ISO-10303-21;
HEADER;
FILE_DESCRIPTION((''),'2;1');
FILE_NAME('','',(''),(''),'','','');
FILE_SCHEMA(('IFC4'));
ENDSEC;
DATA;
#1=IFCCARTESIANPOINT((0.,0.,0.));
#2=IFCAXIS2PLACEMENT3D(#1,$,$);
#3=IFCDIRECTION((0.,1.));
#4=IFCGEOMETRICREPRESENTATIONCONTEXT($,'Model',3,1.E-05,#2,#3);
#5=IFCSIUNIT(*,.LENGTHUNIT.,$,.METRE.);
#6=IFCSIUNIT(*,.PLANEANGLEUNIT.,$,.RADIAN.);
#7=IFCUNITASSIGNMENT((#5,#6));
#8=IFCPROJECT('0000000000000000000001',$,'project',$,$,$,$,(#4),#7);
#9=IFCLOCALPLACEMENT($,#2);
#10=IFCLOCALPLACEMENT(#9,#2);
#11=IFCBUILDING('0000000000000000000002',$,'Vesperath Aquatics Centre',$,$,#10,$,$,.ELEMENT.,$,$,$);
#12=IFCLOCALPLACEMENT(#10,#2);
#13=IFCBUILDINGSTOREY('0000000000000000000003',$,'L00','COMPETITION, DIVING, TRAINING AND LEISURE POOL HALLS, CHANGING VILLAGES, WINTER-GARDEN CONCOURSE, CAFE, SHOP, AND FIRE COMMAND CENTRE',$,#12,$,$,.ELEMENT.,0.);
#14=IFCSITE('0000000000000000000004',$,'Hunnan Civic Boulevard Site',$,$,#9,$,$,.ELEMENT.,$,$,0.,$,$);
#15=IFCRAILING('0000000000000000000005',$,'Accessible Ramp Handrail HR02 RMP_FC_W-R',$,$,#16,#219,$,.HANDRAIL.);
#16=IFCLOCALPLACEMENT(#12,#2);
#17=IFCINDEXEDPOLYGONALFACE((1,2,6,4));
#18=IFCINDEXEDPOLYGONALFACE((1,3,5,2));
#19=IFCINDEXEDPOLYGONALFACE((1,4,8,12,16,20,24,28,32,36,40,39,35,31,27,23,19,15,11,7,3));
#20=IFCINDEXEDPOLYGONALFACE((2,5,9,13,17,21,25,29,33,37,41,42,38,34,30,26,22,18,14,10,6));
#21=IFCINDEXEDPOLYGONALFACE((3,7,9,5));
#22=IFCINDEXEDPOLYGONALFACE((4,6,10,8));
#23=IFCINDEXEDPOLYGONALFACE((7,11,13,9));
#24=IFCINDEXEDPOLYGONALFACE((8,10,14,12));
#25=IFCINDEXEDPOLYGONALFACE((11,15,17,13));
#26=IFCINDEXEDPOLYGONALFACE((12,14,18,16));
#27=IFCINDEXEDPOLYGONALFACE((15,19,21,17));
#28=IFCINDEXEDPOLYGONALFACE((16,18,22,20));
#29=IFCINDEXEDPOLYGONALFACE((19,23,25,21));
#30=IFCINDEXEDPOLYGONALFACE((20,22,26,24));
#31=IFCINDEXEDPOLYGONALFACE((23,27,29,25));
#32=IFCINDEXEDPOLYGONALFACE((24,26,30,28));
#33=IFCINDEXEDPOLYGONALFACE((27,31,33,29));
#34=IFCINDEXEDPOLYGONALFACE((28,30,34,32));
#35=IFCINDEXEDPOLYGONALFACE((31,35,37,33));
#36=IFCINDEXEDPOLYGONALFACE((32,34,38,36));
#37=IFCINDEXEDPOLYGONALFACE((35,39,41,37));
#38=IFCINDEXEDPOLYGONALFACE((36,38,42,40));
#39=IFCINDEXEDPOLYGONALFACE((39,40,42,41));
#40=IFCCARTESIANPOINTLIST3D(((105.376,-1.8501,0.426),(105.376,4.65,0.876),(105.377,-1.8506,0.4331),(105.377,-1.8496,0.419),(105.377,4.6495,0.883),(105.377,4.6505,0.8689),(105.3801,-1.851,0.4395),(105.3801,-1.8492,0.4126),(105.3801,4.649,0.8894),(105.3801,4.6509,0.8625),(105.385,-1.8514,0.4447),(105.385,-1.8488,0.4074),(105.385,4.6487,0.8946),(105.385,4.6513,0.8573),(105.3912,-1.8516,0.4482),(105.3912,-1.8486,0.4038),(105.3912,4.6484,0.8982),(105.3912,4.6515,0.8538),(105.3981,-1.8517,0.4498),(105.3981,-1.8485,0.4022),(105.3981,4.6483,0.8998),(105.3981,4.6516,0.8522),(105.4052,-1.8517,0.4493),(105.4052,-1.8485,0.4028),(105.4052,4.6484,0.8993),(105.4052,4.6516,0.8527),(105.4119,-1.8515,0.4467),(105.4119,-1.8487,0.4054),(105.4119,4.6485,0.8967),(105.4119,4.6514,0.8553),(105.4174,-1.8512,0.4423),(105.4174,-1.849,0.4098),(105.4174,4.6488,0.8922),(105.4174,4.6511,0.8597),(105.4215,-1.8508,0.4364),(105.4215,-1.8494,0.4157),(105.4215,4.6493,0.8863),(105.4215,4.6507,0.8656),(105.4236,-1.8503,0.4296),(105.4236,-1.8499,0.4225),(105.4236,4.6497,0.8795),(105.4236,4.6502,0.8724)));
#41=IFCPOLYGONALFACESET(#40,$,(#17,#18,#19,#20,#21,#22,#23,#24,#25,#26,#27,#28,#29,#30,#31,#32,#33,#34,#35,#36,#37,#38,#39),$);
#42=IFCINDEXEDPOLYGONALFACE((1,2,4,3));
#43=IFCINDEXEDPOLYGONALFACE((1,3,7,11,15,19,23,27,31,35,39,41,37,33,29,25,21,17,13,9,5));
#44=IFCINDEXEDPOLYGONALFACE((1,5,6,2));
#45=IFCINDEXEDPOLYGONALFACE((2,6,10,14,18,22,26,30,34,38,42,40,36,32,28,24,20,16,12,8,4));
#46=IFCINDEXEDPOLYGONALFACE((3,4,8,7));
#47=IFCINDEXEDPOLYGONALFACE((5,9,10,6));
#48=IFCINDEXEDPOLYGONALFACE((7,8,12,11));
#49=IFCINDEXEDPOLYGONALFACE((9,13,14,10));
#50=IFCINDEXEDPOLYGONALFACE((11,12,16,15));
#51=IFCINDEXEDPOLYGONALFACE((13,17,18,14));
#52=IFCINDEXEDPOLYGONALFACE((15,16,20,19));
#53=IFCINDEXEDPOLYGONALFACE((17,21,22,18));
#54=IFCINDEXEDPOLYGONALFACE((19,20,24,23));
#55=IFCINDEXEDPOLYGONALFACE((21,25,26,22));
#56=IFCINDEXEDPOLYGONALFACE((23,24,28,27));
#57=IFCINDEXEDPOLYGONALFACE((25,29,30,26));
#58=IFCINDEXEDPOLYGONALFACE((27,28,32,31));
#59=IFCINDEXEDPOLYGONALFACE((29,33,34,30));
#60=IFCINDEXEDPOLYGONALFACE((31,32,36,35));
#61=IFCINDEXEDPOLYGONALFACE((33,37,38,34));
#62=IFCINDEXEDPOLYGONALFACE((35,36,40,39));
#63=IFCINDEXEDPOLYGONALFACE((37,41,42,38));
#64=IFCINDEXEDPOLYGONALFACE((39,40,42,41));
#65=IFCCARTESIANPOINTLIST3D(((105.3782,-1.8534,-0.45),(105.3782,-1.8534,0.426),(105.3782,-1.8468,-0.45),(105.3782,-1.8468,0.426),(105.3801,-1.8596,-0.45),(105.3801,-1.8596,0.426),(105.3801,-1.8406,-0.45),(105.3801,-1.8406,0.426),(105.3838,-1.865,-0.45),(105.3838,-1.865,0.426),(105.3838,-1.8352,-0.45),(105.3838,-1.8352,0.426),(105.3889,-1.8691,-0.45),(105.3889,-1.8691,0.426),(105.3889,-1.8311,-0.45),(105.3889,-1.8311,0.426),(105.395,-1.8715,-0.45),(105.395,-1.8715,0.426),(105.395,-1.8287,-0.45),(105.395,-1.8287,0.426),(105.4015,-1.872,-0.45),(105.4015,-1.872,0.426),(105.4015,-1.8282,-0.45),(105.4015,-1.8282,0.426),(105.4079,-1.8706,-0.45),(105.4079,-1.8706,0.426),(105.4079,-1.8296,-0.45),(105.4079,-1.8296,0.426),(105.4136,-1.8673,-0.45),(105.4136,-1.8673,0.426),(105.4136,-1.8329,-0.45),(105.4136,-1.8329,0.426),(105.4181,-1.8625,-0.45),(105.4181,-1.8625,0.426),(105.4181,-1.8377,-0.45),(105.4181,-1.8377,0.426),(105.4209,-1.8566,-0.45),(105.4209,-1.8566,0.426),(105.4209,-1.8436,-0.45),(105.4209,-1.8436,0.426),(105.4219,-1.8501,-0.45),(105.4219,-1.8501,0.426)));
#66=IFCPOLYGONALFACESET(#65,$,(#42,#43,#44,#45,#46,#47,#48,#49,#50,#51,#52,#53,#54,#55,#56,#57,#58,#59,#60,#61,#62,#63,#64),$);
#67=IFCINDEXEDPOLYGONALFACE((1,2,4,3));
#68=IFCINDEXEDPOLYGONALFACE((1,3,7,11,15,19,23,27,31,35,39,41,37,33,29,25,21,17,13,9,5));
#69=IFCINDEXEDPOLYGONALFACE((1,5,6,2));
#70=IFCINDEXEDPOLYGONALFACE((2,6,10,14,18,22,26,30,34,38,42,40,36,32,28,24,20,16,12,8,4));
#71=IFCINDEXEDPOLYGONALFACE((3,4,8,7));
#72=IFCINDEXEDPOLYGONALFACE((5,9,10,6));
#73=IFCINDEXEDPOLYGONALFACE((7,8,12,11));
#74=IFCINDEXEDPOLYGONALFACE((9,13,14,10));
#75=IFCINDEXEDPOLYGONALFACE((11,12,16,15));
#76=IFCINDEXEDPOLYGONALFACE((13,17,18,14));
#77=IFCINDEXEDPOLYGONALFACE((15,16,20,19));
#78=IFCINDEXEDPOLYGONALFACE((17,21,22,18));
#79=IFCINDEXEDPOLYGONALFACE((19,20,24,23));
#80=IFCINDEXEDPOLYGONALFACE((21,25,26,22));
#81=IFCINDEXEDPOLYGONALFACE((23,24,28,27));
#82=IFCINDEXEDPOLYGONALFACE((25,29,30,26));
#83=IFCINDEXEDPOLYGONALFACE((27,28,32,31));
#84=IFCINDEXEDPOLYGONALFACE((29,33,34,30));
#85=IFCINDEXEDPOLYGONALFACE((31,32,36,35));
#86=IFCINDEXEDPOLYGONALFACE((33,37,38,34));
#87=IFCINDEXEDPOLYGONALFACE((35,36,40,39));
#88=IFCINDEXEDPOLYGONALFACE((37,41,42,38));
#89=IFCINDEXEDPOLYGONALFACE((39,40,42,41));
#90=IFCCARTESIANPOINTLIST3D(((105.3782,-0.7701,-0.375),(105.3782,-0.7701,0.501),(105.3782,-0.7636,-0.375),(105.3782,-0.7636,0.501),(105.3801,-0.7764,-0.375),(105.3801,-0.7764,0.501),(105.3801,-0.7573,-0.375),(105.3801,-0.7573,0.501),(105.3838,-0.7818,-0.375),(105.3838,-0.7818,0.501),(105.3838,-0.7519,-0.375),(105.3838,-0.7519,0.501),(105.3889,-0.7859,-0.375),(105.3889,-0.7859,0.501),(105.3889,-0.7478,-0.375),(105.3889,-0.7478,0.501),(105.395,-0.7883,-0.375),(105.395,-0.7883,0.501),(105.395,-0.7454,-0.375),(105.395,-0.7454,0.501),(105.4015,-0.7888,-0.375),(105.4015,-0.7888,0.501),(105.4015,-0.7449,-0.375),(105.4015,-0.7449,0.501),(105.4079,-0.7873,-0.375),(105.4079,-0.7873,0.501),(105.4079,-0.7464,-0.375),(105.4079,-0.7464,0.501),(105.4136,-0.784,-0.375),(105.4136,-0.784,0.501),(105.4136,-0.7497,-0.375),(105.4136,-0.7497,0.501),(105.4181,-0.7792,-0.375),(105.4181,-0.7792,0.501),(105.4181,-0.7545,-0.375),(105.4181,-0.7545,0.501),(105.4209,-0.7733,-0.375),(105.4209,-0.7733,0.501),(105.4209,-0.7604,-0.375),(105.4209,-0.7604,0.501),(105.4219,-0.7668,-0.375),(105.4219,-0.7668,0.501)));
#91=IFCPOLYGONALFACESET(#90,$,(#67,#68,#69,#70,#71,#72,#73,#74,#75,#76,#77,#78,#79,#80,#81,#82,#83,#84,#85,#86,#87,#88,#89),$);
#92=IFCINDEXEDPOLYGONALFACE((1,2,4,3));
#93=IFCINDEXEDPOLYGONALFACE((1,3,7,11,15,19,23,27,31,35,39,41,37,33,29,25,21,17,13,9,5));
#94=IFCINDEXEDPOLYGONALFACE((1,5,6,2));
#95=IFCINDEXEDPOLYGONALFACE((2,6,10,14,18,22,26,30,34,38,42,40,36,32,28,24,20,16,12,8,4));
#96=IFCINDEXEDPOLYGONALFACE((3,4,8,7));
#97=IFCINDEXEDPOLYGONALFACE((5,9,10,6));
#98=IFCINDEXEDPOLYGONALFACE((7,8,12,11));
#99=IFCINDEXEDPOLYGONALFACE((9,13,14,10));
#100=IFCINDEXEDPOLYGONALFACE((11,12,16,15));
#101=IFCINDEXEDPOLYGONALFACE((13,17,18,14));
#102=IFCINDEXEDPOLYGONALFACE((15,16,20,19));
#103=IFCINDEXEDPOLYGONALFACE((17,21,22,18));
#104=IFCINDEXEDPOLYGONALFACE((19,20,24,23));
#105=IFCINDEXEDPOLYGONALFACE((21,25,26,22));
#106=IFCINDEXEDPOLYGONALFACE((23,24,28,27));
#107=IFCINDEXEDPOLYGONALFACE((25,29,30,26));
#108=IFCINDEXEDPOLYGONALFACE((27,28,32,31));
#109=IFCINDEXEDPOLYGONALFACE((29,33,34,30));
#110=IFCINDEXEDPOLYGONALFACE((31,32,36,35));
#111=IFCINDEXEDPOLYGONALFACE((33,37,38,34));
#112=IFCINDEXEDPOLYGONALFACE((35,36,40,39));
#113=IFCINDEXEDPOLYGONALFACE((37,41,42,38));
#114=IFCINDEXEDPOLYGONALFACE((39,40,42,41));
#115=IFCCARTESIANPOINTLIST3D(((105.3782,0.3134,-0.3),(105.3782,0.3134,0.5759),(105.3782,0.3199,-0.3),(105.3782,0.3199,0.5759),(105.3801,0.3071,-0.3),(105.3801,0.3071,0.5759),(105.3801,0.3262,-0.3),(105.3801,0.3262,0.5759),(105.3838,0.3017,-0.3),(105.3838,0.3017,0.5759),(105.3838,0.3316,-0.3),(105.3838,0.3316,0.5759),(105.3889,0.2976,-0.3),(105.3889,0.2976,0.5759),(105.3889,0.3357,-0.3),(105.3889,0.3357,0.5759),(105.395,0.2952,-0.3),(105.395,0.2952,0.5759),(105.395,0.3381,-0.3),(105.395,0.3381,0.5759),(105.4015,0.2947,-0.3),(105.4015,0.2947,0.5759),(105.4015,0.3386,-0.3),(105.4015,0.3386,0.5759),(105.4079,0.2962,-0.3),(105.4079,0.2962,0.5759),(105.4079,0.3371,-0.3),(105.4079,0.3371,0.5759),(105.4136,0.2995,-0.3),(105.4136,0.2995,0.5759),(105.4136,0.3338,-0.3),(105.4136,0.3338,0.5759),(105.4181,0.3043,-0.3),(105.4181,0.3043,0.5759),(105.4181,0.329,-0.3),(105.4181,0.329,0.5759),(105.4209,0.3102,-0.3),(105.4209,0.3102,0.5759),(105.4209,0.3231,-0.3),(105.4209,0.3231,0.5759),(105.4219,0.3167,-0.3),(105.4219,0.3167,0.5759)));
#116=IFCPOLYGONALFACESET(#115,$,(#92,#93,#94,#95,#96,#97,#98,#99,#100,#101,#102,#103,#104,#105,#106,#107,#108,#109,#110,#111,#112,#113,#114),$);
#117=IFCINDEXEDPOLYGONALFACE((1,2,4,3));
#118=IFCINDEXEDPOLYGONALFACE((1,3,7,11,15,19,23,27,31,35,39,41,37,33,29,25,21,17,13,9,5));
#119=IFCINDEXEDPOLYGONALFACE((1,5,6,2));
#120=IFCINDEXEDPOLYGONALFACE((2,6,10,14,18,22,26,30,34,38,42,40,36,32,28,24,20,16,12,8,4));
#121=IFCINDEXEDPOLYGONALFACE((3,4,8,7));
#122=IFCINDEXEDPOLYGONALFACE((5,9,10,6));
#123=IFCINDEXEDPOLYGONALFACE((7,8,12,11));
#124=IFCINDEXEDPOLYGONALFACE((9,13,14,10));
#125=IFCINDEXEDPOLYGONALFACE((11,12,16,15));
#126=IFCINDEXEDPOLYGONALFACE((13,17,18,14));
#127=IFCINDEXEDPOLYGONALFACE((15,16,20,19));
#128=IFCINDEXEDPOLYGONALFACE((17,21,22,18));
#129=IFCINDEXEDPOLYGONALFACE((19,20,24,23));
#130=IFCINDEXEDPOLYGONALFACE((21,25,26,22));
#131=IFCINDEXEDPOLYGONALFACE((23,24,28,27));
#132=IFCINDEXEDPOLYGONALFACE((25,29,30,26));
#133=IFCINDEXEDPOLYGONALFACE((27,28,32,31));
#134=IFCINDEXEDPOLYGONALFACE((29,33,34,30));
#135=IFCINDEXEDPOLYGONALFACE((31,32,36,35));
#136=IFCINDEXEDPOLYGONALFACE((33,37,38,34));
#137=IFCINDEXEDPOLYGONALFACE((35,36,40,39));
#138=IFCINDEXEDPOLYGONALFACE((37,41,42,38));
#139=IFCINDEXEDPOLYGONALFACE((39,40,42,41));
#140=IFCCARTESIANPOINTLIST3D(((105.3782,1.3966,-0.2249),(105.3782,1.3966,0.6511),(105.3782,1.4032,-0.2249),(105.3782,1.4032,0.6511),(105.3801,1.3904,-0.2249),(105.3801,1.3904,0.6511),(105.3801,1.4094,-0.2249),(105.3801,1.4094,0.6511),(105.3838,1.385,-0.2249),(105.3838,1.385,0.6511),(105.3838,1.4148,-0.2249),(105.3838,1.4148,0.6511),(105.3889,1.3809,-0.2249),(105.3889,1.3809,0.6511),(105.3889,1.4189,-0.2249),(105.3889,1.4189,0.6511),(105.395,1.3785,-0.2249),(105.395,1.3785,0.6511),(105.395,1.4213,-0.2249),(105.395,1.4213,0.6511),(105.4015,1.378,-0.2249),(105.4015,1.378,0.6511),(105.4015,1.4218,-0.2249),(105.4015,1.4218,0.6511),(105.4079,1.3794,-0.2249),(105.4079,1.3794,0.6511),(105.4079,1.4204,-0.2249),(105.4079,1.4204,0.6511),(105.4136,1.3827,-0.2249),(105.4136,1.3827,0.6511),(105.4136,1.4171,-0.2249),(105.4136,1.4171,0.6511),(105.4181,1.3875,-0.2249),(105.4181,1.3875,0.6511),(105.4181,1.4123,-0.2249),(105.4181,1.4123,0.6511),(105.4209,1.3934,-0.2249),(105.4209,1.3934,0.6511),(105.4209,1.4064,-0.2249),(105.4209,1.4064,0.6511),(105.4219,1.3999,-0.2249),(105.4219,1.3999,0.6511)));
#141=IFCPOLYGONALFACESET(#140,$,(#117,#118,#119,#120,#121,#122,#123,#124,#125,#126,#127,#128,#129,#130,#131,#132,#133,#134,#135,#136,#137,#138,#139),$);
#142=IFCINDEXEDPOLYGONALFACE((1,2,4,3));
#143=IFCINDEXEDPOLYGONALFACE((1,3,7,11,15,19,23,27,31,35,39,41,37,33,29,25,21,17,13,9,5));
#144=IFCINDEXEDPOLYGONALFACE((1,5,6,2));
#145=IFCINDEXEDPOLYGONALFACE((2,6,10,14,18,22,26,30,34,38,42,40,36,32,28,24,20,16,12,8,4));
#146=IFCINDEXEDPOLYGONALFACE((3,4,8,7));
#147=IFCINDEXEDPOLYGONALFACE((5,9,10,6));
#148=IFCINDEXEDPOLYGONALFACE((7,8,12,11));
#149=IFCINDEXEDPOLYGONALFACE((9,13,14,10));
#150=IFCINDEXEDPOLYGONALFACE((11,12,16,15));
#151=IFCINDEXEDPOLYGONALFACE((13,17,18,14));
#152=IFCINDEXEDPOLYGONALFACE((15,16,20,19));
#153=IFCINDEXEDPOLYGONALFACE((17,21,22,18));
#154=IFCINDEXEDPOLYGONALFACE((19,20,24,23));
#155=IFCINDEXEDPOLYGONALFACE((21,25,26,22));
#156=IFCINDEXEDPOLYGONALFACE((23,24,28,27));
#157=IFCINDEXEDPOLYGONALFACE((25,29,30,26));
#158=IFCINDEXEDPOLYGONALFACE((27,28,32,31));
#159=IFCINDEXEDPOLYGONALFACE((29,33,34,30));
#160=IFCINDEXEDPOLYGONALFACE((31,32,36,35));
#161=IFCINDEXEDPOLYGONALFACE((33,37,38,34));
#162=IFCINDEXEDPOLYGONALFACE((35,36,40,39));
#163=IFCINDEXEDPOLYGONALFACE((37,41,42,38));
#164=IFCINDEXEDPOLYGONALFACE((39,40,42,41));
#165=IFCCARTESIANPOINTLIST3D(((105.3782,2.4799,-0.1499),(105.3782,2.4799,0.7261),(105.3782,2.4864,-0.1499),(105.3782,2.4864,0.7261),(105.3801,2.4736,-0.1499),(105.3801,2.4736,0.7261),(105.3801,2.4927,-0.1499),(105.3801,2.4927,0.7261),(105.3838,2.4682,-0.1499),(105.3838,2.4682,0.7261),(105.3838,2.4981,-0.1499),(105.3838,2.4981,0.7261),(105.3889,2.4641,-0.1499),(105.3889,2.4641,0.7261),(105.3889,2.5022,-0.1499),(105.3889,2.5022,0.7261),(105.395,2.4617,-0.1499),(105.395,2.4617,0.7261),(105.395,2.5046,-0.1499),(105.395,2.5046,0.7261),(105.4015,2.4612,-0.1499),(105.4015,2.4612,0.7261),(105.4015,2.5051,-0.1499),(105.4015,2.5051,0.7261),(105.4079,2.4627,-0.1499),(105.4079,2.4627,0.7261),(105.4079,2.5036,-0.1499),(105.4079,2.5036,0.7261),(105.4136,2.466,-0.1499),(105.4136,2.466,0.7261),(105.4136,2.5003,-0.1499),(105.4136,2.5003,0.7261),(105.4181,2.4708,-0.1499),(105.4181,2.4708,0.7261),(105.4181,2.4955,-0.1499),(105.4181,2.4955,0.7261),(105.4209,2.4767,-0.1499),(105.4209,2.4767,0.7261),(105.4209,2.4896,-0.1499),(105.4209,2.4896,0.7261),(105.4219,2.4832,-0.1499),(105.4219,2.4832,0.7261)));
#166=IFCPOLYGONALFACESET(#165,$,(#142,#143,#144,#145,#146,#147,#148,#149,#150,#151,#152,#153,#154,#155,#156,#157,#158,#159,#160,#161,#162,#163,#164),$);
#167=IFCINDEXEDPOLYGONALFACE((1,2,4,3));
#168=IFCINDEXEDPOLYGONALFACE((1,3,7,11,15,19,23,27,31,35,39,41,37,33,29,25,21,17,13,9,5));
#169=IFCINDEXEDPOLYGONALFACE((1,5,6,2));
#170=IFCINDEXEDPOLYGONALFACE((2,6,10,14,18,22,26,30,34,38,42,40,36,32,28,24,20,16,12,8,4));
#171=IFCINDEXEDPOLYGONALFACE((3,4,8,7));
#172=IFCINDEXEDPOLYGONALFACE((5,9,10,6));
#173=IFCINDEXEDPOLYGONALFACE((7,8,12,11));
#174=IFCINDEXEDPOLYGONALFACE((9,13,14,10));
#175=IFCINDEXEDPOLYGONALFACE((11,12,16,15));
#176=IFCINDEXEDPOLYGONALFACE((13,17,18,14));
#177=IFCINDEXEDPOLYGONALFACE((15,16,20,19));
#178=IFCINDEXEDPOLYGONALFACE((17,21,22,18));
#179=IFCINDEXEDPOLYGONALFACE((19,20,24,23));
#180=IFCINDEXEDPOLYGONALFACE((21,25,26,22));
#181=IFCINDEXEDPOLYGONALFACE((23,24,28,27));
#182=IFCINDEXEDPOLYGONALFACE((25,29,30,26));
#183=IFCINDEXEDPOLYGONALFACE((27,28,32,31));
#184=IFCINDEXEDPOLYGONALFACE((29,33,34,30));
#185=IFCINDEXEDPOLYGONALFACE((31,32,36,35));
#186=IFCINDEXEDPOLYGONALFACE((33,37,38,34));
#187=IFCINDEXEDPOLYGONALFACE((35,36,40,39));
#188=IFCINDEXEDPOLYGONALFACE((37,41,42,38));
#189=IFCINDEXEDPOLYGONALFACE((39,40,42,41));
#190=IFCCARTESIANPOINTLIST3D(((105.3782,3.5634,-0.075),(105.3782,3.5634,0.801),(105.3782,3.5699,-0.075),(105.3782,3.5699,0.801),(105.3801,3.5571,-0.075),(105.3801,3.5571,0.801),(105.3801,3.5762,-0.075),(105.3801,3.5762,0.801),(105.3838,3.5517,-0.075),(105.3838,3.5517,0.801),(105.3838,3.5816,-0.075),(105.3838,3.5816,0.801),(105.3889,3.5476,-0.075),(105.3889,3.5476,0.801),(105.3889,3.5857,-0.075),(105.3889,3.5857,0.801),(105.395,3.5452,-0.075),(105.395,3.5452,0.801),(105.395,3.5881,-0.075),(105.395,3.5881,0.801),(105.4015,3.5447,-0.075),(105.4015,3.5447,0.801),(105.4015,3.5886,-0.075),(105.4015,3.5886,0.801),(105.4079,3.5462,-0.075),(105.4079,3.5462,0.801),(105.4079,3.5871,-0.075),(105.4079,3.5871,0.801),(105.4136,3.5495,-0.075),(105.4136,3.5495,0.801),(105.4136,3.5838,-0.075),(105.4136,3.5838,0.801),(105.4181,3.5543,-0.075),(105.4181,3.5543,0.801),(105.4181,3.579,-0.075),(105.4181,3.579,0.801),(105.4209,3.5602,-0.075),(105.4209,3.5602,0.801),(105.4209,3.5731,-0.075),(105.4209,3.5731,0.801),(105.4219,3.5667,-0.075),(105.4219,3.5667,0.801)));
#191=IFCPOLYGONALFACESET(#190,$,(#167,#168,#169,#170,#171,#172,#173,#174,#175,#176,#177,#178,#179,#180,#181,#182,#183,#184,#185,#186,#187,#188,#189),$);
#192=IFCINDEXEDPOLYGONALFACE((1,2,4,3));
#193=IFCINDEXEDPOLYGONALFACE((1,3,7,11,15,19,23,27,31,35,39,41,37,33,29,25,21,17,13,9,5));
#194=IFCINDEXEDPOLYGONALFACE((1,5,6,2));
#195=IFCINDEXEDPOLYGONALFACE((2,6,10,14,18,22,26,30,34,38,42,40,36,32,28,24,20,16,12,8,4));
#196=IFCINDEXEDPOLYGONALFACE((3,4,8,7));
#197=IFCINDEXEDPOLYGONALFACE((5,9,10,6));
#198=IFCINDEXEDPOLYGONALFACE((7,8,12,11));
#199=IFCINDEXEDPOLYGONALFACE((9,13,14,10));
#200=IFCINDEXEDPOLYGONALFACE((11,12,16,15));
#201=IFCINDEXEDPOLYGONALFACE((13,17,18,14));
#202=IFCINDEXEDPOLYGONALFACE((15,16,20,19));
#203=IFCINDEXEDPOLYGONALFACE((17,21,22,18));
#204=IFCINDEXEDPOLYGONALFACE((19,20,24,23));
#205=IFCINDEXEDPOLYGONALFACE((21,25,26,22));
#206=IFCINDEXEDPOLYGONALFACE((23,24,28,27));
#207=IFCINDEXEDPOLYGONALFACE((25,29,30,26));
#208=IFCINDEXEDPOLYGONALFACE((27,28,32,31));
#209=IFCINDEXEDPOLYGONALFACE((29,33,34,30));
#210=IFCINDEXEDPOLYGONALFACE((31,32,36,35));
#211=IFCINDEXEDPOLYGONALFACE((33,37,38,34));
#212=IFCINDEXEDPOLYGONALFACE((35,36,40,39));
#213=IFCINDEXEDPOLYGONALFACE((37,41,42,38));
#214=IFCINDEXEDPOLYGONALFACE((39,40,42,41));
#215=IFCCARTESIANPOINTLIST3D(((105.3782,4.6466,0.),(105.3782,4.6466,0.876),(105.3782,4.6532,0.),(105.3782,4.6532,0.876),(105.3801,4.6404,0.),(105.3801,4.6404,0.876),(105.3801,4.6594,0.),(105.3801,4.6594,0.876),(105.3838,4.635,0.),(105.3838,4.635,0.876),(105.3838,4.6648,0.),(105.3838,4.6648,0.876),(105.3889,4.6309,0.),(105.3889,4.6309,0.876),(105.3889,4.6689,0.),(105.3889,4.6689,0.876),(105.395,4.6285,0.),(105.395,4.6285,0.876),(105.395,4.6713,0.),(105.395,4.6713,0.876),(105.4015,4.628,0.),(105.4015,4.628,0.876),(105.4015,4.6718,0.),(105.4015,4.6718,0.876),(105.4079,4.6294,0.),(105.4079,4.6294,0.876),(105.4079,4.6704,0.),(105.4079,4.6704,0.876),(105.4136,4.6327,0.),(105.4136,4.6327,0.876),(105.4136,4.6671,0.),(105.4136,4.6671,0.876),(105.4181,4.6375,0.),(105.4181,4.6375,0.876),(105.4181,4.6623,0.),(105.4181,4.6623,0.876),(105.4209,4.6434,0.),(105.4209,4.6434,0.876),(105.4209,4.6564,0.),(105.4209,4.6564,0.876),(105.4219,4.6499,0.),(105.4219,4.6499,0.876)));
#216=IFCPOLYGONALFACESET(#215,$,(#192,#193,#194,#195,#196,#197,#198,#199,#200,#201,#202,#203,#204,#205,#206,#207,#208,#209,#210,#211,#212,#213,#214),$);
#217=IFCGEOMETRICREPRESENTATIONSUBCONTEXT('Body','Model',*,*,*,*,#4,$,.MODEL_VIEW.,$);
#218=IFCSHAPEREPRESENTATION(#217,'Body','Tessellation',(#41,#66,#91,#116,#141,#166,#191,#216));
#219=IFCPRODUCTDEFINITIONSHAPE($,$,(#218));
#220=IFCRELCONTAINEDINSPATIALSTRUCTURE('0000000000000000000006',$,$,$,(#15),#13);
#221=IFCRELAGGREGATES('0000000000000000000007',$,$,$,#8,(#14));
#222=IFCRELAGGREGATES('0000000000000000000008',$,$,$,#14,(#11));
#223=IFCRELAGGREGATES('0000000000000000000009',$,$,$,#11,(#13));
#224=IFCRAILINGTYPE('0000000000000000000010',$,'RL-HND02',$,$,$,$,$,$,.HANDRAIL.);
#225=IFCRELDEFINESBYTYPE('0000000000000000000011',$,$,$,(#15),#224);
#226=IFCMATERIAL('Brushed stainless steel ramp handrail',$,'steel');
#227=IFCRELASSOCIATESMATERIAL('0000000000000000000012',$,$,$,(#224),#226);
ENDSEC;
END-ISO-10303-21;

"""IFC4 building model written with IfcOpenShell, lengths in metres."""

from ifc_helpers import new_model, si_unit, direction, frame, origin, origin_2d, place, context, subcontext, project, spatial, circle, extrude, material, type_object, element, save


model = new_model("IFC4")

# Units and contexts
model_context = context("Model", 3, precision=1e-05, world=origin(), true_north=direction((0.0, 1.0)))
body_context = subcontext(model_context, "Body", "Model", "MODEL_VIEW")
ifc_project = project(units=[si_unit("LENGTHUNIT", "METRE"), si_unit("PLANEANGLEUNIT", "RADIAN")], contexts=[model_context])

# Site, building, storey
site_placement = place(None, origin())
site = spatial("IfcSite", under=ifc_project, at=site_placement, Name="Hunnan Civic Boulevard Site", CompositionType="ELEMENT", RefElevation=0.0)
building_placement = place(site_placement, origin())
building = spatial("IfcBuilding", under=site, at=building_placement, Name="Vesperath Aquatics Centre", CompositionType="ELEMENT")
storey_placement = place(building_placement, origin())
storey = spatial("IfcBuildingStorey", under=building, at=storey_placement, Name="L00", Description="COMPETITION, DIVING, TRAINING AND LEISURE POOL HALLS, CHANGING VILLAGES, WINTER-GARDEN CONCOURSE, CAFE, SHOP, AND FIRE COMMAND CENTRE", CompositionType="ELEMENT", Elevation=0.0)

# Railing
ifc_material_1 = material(Name="Brushed stainless steel ramp handrail", Category="steel")
railing_type = type_object("IfcRailingType", Name="RL-HND02", PredefinedType="HANDRAIL", material=ifc_material_1)
for number, where, name in (
    (1, (105.3999, -1.8501, -0.45), "Accessible Ramp Handrail HR02 RMP_FC_W-R"),
):
    element("IfcRailing", number, at=place(storey_placement, frame(where)), inside=storey, type_object=railing_type, Name=name, PredefinedType="HANDRAIL", context=body_context, shape_type="SweptSolid", body=[
        extrude(circle(Radius=0.0239, at=origin_2d()), frame((0.0, 0.0, 0.876), z_axis=(0.0, 0.997613, 0.069058), x_axis=(-1.0, 0.0, 0.0)), (0.0, 0.0, 1.0), 6.5156),
        extrude(circle(Radius=0.022, at=origin_2d()), origin(), (0.0, 0.0, 1.0), 0.876),
        extrude(circle(Radius=0.022, at=origin_2d()), frame((0.0, 1.0833, 0.075)), (0.0, 0.0, 1.0), 0.876),
        extrude(circle(Radius=0.022, at=origin_2d()), frame((0.0, 2.1667, 0.1499)), (0.0, 0.0, 1.0), 0.876),
        extrude(circle(Radius=0.022, at=origin_2d()), frame((0.0, 3.25, 0.2251)), (0.0, 0.0, 1.0), 0.876),
        extrude(circle(Radius=0.022, at=origin_2d()), frame((0.0, 4.3333, 0.3)), (0.0, 0.0, 1.0), 0.876),
        extrude(circle(Radius=0.022, at=origin_2d()), frame((0.0, 5.4167, 0.375)), (0.0, 0.0, 1.0), 0.876),
        extrude(circle(Radius=0.022, at=origin_2d()), frame((0.0, 6.5, 0.45)), (0.0, 0.0, 1.0), 0.876),
    ])

save(model, "model.ifc")
